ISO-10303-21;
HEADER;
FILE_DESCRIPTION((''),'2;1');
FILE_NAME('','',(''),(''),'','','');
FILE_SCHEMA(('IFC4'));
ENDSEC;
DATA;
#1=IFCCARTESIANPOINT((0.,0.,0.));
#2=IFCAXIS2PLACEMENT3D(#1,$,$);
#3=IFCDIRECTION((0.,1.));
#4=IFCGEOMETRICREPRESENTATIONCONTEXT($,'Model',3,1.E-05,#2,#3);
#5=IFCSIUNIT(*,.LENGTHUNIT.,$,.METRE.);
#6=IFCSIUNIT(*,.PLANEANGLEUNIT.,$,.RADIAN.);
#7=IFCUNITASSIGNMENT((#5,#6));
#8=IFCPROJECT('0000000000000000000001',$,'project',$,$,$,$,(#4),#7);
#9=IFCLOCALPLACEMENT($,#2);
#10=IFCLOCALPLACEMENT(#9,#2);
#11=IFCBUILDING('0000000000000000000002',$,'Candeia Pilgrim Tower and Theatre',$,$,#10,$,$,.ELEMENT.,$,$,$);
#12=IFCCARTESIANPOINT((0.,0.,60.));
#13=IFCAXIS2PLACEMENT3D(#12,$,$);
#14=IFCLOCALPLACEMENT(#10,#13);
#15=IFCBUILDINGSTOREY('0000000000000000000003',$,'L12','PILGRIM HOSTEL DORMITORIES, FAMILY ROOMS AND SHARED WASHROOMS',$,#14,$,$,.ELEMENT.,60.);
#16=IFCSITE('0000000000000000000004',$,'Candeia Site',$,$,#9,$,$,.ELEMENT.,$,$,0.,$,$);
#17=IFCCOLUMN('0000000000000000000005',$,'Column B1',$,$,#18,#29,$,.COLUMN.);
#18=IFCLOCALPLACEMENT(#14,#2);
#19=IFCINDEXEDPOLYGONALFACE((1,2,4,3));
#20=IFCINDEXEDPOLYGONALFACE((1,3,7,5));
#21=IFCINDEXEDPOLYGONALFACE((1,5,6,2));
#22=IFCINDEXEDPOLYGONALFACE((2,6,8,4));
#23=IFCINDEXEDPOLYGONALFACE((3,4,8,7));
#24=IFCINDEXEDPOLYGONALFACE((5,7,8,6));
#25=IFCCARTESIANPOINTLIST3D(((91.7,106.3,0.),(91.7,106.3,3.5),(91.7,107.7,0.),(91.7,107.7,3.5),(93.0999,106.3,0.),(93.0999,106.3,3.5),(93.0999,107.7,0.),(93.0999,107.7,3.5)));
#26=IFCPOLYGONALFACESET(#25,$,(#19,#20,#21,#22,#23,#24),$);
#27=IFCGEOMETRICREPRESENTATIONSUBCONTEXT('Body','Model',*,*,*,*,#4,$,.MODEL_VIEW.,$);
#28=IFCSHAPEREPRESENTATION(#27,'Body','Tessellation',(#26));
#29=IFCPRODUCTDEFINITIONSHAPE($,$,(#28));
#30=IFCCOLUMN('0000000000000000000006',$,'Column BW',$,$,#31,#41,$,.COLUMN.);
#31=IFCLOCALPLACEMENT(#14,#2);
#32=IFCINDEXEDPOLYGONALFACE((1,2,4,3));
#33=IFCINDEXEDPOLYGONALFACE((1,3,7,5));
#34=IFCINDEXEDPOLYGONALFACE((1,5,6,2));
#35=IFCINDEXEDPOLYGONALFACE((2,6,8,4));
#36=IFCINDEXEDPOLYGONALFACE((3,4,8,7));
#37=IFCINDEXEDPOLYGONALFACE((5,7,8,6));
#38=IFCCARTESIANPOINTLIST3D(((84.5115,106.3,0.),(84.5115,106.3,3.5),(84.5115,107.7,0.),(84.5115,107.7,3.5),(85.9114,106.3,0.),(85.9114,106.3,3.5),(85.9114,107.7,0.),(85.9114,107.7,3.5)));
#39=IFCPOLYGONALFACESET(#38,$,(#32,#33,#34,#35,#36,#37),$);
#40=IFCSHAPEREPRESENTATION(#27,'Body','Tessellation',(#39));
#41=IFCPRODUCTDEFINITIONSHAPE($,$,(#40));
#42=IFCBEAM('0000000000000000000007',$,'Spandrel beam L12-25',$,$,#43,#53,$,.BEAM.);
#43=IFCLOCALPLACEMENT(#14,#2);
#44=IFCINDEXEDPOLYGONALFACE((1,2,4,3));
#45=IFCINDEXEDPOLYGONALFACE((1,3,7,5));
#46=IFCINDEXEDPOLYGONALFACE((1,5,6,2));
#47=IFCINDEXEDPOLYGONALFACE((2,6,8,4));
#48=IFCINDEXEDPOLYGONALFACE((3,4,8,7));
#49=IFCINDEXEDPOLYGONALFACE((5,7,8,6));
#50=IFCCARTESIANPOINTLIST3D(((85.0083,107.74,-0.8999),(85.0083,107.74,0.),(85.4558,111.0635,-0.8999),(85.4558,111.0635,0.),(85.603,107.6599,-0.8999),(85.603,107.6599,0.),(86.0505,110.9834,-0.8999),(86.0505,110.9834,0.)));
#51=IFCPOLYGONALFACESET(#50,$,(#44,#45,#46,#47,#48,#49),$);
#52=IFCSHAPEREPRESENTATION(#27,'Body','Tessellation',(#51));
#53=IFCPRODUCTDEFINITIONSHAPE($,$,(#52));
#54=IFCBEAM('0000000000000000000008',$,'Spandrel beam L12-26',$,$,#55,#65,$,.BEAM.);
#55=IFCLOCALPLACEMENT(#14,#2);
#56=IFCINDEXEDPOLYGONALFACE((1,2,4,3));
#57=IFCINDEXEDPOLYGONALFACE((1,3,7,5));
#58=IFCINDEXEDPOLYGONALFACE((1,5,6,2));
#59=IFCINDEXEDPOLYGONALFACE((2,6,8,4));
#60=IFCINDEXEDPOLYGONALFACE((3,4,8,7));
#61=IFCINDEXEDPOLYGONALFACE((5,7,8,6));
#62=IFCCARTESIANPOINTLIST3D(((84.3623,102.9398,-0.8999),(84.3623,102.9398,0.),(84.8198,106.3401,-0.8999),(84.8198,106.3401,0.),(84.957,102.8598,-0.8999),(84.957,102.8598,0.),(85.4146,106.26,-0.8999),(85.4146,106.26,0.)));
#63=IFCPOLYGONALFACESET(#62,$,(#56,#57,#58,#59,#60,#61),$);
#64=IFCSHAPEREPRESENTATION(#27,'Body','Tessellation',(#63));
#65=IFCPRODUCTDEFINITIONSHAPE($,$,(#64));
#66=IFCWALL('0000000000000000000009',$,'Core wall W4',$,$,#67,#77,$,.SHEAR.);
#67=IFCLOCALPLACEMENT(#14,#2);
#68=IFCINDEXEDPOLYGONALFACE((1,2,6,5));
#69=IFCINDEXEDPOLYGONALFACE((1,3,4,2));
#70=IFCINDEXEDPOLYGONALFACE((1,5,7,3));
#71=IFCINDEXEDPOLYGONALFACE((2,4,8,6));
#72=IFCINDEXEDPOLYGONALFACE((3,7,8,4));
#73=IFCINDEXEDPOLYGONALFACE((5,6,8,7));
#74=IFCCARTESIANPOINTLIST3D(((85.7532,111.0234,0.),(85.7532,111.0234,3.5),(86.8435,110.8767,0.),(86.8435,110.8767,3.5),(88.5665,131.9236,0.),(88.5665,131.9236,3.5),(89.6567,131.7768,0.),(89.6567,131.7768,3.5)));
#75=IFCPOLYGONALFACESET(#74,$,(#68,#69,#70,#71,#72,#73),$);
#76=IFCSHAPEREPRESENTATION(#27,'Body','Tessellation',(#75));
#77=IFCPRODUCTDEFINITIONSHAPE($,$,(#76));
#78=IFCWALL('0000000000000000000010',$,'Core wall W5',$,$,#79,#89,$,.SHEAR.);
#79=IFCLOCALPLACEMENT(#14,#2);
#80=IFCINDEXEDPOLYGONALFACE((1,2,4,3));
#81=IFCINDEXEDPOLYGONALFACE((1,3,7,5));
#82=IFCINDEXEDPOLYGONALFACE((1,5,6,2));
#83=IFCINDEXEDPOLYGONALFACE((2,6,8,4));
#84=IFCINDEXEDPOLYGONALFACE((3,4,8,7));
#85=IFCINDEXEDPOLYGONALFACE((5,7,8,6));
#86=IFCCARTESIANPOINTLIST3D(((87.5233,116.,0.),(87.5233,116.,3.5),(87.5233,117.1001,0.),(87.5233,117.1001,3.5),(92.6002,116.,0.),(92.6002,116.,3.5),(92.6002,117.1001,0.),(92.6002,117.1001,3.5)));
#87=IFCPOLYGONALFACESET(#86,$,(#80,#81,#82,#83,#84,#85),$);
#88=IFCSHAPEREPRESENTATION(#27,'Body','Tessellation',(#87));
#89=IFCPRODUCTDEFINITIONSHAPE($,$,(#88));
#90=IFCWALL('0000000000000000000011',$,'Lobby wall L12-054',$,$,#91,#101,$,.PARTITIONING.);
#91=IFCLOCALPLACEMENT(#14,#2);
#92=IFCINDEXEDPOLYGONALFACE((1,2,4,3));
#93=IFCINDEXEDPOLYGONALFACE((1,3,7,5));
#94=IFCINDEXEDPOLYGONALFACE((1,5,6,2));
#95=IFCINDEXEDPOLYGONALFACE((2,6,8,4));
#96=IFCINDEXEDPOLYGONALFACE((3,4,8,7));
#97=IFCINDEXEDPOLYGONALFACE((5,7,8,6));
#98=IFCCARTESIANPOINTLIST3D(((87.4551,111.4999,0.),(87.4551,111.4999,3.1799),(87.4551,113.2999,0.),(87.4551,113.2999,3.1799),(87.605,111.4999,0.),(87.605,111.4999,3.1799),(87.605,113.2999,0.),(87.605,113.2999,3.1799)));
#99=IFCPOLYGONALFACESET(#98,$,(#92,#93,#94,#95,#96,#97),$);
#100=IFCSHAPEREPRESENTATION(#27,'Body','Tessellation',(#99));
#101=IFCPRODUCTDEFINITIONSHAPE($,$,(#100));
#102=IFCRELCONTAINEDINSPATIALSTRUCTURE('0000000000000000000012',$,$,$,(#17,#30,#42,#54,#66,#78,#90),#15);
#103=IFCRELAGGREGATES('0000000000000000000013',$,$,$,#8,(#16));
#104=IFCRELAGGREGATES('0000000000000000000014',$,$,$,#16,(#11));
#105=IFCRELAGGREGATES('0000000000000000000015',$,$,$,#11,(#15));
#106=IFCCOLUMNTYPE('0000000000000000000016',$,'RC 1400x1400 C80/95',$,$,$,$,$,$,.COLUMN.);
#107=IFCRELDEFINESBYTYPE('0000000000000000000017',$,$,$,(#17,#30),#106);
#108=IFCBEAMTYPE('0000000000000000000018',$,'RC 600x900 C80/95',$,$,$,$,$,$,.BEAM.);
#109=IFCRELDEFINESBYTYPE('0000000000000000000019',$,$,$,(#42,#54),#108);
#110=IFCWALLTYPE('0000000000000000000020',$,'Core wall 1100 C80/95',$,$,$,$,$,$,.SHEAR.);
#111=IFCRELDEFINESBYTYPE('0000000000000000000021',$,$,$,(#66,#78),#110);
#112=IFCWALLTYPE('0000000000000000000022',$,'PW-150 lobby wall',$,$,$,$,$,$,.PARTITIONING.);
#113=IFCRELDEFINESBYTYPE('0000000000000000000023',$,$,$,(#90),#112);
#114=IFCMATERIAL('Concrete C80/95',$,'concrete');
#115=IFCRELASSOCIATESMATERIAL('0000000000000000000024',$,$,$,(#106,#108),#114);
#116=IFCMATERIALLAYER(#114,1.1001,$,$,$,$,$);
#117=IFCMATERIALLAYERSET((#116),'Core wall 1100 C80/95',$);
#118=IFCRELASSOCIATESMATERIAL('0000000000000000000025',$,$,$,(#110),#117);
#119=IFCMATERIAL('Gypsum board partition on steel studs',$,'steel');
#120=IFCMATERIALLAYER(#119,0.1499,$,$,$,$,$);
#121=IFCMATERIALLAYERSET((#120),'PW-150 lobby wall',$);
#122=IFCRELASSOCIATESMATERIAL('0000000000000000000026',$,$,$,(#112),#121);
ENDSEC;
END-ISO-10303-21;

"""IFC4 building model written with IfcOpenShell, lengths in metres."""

from ifc_helpers import new_model, si_unit, direction, frame, frame_2d, origin, origin_2d, place, context, subcontext, project, spatial, rectangle, extrude, material, layer, layer_set, material_profile, profile_set, type_object, element, save


model = new_model("IFC4")

# Units and contexts
model_context = context("Model", 3, precision=1e-05, world=origin(), true_north=direction((0.0, 1.0)))
body_context = subcontext(model_context, "Body", "Model", "MODEL_VIEW")
ifc_project = project(units=[si_unit("LENGTHUNIT", "METRE"), si_unit("PLANEANGLEUNIT", "RADIAN")], contexts=[model_context])

# Site, building, storey
site_placement = place(None, origin())
site = spatial("IfcSite", under=ifc_project, at=site_placement, Name="Candeia Site", CompositionType="ELEMENT", RefElevation=0.0)
building_placement = place(site_placement, origin())
building = spatial("IfcBuilding", under=site, at=building_placement, Name="Candeia Pilgrim Tower and Theatre", CompositionType="ELEMENT")
storey_placement = place(building_placement, frame((0.0, 0.0, 60.0)))
storey = spatial("IfcBuildingStorey", under=building, at=storey_placement, Name="L12", Description="PILGRIM HOSTEL DORMITORIES, FAMILY ROOMS AND SHARED WASHROOMS", CompositionType="ELEMENT", Elevation=60.0)

# Columns
ifc_material_1 = material(Name="Concrete C80/95", Category="concrete")
ifc_material_profile_1 = material_profile(ifc_material_1, rectangle(XDim=1.3999, YDim=1.3999, at=origin_2d()))
ifc_profile_set_1 = profile_set([ifc_material_profile_1], Name="Concrete C80/95")
column_type = type_object("IfcColumnType", Name="RC 1400x1400 C80/95", PredefinedType="COLUMN", material=ifc_profile_set_1)
for number, where, z_axis, x_axis, name in (
    (1, (92.3999, 107.0, 0.0), (0.0, 0.0, 1.0), (1.0, 0.0, 0.0), "Column B1"),
    (2, (85.2114, 107.0, 0.0), (0.0, 0.0, 1.0), (1.0, 0.0, 0.0), "Column BW"),
):
    element("IfcColumn", number, at=place(storey_placement, frame(where, z_axis=z_axis, x_axis=x_axis)), inside=storey, type_object=column_type, Name=name, PredefinedType="COLUMN", context=body_context, shape_type="SweptSolid", body=[
        extrude(rectangle(XDim=1.3999, YDim=1.3999, at=origin_2d()), origin(), (0.0, 0.0, 1.0), 3.5),
    ])

# Beams
ifc_material_profile_2 = material_profile(ifc_material_1, rectangle(XDim=0.6001, YDim=0.8999, at=origin_2d()))
ifc_profile_set_2 = profile_set([ifc_material_profile_2], Name="Concrete C80/95")
beam_type = type_object("IfcBeamType", Name="RC 600x900 C80/95", PredefinedType="BEAM", material=ifc_profile_set_2)
beam_1_placement = place(storey_placement, frame((85.7532, 111.0234, -0.45), z_axis=(-0.133446, -0.991056, 0.0), x_axis=(0.991056, -0.133446, 0.0)))
element("IfcBeam", 3, at=beam_1_placement, inside=storey, type_object=beam_type, Name="Spandrel beam L12-25", PredefinedType="BEAM", context=body_context, shape_type="SweptSolid", body=[
    extrude(rectangle(XDim=0.6001, YDim=0.8999, at=origin_2d()), origin(), (0.0, 0.0, 1.0), 3.3535),
])
beam_2_placement = place(storey_placement, frame((85.1172, 106.3, -0.45), z_axis=(-0.133357, -0.991068, 0.0), x_axis=(0.991068, -0.133357, 0.0)))
element("IfcBeam", 4, at=beam_2_placement, inside=storey, type_object=beam_type, Name="Spandrel beam L12-26", PredefinedType="BEAM", context=body_context, shape_type="SweptSolid", body=[
    extrude(rectangle(XDim=0.6001, YDim=0.8999, at=origin_2d()), origin(), (0.0, 0.0, 1.0), 3.4309),
])

# Walls
ifc_layer_1 = layer(ifc_material_1, 1.1001)
ifc_layer_set_1 = layer_set([ifc_layer_1], Name="Core wall 1100 C80/95")
wall_type_1 = type_object("IfcWallType", Name="Core wall 1100 C80/95", PredefinedType="SHEAR", material=ifc_layer_set_1)
wall_1_placement = place(storey_placement, frame((86.2983, 110.95, 0.0), z_axis=(0.0, 0.0, 1.0), x_axis=(0.1334, 0.991062, 0.0)))
element("IfcWall", 5, at=wall_1_placement, inside=storey, type_object=wall_type_1, Name="Core wall W4", PredefinedType="SHEAR", context=body_context, shape_type="SweptSolid", body=[
    extrude(rectangle(XDim=21.0886, YDim=1.1001, at=frame_2d((10.5444, 0.0))), origin(), (0.0, 0.0, 1.0), 3.5),
])
wall_2_placement = place(storey_placement, frame((87.5232, 116.55, 0.0), z_axis=(0.0, 0.0, 1.0), x_axis=(1.0, 0.0, 0.0)))
element("IfcWall", 6, at=wall_2_placement, inside=storey, type_object=wall_type_1, Name="Core wall W5", PredefinedType="SHEAR", context=body_context, shape_type="SweptSolid", body=[
    extrude(rectangle(XDim=5.0769, YDim=1.1001, at=frame_2d((2.5386, 0.0))), origin(), (0.0, 0.0, 1.0), 3.5),
])

# Wall
ifc_material_2 = material(Name="Gypsum board partition on steel studs", Category="steel")
ifc_layer_2 = layer(ifc_material_2, 0.1499)
ifc_layer_set_2 = layer_set([ifc_layer_2], Name="PW-150 lobby wall")
wall_type_2 = type_object("IfcWallType", Name="PW-150 lobby wall", PredefinedType="PARTITIONING", material=ifc_layer_set_2)
wall_3_placement = place(storey_placement, frame((87.53, 111.5, 0.0), z_axis=(0.0, 0.0, 1.0), x_axis=(0.0, 1.0, 0.0)))
element("IfcWall", 7, at=wall_3_placement, inside=storey, type_object=wall_type_2, Name="Lobby wall L12-054", PredefinedType="PARTITIONING", context=body_context, shape_type="SweptSolid", body=[
    extrude(rectangle(XDim=1.8, YDim=0.1499, at=frame_2d((0.8999, 0.0))), origin(), (0.0, 0.0, 1.0), 3.1799),
])

save(model, "model.ifc")
